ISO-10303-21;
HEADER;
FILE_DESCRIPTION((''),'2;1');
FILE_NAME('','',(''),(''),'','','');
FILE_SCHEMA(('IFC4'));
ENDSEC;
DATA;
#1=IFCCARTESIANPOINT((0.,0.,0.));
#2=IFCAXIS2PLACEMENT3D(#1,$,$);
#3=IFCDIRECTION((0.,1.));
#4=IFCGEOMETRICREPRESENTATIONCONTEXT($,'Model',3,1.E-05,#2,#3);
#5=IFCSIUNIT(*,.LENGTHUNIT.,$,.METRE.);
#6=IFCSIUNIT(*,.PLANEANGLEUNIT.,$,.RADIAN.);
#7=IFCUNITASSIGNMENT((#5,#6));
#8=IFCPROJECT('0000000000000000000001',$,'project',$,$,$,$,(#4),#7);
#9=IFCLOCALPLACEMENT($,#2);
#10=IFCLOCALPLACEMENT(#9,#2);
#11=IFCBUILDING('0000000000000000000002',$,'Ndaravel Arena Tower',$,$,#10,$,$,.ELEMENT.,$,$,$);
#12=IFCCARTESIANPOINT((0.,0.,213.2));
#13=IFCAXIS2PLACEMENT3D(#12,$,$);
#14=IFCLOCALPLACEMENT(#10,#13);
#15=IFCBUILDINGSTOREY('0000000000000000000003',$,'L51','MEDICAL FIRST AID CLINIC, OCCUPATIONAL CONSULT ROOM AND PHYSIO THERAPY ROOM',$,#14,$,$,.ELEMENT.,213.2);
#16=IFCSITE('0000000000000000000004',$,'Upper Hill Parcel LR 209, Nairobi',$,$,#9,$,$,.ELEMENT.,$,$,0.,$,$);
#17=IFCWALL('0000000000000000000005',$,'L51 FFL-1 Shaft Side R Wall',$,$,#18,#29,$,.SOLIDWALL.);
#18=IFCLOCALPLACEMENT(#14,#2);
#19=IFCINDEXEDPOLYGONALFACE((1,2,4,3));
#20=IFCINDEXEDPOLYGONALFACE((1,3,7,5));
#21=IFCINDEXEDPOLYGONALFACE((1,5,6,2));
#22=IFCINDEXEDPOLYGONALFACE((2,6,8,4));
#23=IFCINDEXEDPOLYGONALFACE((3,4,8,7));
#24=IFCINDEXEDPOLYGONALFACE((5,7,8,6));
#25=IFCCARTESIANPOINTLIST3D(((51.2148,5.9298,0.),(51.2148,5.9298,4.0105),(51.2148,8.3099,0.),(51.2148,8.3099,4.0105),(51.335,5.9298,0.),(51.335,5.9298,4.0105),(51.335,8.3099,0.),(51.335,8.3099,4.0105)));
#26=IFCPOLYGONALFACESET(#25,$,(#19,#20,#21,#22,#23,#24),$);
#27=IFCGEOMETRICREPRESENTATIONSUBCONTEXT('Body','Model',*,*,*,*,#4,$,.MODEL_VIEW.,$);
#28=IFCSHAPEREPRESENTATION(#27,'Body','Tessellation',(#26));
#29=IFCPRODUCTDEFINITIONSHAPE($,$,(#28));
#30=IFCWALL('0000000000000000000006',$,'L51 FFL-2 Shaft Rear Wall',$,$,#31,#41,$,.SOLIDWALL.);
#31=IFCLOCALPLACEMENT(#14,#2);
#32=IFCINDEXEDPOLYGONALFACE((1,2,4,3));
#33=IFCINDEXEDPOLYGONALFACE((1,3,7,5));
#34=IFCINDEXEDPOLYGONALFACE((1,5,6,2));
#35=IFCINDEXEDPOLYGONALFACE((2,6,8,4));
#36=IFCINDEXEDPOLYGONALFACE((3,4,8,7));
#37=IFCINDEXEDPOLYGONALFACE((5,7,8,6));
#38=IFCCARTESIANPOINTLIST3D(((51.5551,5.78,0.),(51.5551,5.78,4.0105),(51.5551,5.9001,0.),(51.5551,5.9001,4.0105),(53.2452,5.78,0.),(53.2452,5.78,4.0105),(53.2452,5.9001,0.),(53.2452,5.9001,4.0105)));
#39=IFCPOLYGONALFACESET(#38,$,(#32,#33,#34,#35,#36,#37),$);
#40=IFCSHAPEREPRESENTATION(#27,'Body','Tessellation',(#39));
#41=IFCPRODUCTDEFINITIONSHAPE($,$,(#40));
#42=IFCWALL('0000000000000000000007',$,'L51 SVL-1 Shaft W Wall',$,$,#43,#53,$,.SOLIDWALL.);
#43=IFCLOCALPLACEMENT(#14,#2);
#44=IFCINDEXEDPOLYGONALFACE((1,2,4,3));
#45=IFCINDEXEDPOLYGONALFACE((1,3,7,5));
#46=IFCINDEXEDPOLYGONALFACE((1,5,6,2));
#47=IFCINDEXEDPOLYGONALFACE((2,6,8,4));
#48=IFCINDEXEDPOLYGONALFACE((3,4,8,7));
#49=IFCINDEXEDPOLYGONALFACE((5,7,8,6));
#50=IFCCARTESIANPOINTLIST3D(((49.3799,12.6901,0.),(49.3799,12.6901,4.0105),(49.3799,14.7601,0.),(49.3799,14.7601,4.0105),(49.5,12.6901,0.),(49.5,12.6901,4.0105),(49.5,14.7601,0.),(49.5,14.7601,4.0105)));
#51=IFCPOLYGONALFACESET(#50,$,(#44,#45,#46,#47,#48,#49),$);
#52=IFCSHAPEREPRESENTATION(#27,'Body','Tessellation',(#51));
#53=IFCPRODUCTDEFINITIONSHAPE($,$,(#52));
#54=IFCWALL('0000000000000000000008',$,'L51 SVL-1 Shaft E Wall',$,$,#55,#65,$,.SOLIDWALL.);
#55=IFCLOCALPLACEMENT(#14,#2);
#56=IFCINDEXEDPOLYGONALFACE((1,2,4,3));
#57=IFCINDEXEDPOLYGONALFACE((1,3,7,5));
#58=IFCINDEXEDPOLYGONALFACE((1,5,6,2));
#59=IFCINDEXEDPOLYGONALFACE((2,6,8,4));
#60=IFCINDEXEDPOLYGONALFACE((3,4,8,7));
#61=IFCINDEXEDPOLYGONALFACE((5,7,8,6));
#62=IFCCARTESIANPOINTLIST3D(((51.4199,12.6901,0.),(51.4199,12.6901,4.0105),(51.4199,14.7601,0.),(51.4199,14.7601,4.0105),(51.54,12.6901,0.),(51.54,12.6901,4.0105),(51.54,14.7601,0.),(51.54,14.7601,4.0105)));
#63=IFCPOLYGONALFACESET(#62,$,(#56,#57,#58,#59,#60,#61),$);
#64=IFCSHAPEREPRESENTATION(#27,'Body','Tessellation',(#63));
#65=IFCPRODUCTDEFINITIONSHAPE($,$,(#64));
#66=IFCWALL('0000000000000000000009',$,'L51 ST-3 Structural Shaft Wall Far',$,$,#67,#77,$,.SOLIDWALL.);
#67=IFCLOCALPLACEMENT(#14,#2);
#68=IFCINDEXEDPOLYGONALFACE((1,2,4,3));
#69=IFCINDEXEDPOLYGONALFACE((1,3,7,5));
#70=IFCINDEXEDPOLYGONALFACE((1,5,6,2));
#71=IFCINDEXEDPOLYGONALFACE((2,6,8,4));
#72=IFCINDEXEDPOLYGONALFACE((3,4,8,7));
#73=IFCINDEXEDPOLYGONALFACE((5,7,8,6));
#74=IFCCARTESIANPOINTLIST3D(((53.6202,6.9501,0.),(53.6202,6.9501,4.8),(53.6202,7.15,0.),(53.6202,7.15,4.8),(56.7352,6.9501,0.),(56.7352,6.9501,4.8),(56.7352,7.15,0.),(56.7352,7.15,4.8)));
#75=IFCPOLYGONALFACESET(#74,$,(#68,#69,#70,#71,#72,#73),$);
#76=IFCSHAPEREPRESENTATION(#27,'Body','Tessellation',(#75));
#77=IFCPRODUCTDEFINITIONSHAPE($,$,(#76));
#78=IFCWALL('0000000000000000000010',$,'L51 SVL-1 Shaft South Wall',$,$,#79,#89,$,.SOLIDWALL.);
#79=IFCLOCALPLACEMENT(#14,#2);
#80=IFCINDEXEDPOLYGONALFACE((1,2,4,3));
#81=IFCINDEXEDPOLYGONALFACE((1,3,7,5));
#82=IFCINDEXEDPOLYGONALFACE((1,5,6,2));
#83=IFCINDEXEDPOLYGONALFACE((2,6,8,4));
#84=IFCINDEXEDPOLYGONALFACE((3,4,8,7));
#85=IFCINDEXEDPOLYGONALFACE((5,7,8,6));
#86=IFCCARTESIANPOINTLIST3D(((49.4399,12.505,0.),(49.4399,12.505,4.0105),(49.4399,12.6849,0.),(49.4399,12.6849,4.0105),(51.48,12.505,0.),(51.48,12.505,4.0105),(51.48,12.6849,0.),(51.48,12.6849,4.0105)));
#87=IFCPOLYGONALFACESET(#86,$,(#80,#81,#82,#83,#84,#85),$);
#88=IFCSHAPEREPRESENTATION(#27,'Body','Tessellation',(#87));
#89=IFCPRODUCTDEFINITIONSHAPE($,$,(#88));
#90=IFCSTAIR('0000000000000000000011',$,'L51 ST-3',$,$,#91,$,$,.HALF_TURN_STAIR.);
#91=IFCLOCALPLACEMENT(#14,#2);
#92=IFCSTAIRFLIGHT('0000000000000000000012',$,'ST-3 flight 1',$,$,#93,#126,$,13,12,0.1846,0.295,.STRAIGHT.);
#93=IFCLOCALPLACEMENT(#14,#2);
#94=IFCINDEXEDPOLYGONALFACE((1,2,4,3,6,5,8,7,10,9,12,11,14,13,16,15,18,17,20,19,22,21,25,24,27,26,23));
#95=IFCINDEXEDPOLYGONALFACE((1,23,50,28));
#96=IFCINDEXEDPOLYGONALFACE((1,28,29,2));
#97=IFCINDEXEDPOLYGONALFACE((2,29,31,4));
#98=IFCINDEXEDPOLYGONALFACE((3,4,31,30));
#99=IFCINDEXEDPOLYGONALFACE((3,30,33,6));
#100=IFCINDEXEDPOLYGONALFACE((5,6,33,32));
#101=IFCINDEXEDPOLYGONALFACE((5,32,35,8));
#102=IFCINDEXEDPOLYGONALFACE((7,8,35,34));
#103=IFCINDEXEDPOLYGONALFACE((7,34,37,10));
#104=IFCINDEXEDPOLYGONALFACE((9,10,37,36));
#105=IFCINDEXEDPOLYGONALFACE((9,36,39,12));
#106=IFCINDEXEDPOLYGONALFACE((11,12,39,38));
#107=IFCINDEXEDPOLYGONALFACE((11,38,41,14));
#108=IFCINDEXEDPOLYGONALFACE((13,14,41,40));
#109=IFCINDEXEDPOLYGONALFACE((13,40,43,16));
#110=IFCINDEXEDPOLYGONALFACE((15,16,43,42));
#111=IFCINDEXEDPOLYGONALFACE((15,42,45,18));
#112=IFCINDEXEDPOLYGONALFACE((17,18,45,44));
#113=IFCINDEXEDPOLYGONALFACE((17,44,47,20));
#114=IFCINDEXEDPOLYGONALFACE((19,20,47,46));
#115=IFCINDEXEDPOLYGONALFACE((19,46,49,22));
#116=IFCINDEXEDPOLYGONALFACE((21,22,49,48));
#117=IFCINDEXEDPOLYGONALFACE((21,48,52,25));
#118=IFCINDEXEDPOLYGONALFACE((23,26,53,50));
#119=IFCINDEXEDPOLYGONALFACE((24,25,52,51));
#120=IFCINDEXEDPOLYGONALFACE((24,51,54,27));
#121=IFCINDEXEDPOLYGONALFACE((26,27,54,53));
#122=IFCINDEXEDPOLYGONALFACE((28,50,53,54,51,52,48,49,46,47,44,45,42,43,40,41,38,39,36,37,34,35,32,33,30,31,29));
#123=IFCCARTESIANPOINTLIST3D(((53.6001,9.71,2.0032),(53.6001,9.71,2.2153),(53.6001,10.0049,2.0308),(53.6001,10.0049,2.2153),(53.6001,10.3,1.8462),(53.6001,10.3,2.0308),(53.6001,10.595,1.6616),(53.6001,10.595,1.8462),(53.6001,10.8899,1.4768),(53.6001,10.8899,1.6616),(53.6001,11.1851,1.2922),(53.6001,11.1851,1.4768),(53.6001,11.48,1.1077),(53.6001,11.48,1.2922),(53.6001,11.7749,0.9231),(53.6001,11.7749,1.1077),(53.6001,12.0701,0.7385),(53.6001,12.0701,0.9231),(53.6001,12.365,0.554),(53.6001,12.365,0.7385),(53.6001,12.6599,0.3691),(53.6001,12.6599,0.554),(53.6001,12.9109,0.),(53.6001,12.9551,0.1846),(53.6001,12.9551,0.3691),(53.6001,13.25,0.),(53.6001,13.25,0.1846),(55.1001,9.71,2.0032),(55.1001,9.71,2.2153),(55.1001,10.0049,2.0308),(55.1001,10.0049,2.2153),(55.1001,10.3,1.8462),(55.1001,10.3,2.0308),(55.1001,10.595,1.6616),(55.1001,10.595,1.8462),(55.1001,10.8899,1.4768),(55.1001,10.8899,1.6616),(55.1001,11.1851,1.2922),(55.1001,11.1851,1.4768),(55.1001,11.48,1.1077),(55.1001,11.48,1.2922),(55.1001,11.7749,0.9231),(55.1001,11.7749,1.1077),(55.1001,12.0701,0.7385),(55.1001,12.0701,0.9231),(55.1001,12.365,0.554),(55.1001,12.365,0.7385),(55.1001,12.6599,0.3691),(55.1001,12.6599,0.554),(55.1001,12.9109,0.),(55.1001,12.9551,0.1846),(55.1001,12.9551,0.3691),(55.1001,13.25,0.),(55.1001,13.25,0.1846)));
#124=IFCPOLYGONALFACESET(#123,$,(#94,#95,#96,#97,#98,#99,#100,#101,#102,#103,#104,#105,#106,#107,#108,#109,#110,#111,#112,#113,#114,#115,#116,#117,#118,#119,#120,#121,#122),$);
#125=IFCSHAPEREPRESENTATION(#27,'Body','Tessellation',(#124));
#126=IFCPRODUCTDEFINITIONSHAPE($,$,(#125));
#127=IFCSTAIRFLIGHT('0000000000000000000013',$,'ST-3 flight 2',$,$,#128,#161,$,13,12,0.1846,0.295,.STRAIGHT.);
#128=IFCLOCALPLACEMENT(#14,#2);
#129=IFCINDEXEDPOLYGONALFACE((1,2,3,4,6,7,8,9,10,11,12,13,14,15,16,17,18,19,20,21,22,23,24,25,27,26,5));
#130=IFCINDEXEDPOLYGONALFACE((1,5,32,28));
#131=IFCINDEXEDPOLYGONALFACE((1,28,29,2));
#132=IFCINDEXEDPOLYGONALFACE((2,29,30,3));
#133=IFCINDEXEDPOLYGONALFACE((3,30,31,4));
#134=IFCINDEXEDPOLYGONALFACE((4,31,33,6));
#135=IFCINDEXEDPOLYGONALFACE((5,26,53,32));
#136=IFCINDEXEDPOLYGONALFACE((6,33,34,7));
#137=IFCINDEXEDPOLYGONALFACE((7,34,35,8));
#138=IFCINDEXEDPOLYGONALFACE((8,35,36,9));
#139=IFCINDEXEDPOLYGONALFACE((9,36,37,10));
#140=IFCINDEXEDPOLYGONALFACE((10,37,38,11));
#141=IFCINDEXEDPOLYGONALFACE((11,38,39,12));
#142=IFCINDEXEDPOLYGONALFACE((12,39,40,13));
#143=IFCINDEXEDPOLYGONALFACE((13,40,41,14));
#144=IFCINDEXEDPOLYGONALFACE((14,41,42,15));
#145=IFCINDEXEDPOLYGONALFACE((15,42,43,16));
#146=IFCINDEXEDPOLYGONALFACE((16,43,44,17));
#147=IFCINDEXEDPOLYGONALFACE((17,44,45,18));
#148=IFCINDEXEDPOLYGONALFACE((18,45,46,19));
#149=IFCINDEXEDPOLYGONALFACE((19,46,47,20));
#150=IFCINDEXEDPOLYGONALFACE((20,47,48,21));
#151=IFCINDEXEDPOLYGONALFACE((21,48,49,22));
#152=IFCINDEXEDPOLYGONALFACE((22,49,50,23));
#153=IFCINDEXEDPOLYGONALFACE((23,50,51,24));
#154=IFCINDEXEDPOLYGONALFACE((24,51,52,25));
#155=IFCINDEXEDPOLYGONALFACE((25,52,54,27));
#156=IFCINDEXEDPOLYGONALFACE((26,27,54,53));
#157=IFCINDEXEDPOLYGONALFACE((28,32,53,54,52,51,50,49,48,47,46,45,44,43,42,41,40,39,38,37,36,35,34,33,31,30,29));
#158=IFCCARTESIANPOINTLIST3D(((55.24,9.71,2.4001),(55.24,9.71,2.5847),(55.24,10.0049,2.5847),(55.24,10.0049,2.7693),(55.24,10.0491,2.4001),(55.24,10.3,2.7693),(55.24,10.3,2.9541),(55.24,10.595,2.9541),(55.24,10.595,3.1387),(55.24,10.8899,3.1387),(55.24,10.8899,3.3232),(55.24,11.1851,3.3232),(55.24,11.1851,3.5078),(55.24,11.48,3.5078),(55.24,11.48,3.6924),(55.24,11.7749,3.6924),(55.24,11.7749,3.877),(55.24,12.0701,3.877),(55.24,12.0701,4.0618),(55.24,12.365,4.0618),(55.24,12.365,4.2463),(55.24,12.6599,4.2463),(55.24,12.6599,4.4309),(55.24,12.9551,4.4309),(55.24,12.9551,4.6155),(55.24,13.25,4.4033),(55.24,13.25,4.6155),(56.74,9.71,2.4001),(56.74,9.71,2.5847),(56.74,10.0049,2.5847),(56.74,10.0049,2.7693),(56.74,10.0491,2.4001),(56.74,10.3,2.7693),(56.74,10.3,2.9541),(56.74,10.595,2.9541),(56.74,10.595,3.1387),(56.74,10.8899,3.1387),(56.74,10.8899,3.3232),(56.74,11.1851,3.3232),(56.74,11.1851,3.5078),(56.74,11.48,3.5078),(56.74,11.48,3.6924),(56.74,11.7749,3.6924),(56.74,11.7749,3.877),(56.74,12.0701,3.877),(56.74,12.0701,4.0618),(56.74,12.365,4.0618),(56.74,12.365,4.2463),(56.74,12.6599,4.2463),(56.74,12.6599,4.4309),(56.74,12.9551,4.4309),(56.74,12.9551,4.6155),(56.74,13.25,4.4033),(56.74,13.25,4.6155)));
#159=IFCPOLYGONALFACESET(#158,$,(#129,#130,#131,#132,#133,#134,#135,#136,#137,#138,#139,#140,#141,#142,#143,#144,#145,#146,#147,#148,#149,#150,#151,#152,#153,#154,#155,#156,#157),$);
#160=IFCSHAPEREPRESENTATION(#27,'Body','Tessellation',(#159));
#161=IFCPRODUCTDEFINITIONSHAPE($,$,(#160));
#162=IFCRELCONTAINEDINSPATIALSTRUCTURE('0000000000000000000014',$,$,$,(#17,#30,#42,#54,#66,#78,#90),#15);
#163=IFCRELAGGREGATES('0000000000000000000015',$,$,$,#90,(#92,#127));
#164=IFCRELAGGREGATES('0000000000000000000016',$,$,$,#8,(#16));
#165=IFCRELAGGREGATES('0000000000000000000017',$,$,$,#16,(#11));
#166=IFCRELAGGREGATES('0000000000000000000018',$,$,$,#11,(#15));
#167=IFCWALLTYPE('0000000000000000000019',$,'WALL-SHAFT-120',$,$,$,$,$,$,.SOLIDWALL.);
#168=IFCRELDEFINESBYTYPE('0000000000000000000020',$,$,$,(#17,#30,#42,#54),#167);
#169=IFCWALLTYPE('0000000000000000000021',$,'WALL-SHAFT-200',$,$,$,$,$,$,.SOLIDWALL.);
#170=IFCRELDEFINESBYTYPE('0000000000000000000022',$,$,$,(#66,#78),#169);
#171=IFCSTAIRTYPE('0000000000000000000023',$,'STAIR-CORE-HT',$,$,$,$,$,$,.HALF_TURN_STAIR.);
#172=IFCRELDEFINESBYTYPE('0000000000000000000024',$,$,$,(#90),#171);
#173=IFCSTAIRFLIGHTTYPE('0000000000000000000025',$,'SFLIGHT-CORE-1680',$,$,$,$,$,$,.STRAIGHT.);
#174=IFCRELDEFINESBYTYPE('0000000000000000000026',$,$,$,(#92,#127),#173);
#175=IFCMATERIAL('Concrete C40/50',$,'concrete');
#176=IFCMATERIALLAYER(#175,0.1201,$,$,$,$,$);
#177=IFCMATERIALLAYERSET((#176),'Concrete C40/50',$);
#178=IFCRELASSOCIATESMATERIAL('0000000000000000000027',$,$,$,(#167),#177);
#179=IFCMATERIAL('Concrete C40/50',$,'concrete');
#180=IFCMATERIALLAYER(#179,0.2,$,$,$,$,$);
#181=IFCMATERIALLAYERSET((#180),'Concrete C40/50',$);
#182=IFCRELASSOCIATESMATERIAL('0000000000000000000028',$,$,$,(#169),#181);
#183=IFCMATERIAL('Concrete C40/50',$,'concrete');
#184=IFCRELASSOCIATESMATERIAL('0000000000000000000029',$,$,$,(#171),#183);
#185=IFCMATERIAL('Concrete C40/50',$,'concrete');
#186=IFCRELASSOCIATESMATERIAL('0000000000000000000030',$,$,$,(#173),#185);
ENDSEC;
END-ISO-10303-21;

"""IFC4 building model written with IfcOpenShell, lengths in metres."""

from ifc_helpers import new_model, si_unit, direction, frame, frame_2d, origin, place, context, subcontext, project, spatial, polyline, rectangle, outline, extrude, material, layer, layer_set, type_object, element, aggregate, save


model = new_model("IFC4")

# Units and contexts
model_context = context("Model", 3, precision=1e-05, world=origin(), true_north=direction((0.0, 1.0)))
body_context = subcontext(model_context, "Body", "Model", "MODEL_VIEW")
ifc_project = project(units=[si_unit("LENGTHUNIT", "METRE"), si_unit("PLANEANGLEUNIT", "RADIAN")], contexts=[model_context])

# Site, building, storey
site_placement = place(None, origin())
site = spatial("IfcSite", under=ifc_project, at=site_placement, Name="Upper Hill Parcel LR 209, Nairobi", CompositionType="ELEMENT", RefElevation=0.0)
building_placement = place(site_placement, origin())
building = spatial("IfcBuilding", under=site, at=building_placement, Name="Ndaravel Arena Tower", CompositionType="ELEMENT")
storey_placement = place(building_placement, frame((0.0, 0.0, 213.2)))
storey = spatial("IfcBuildingStorey", under=building, at=storey_placement, Name="L51", Description="MEDICAL FIRST AID CLINIC, OCCUPATIONAL CONSULT ROOM AND PHYSIO THERAPY ROOM", CompositionType="ELEMENT", Elevation=213.2)

# Walls
ifc_material_1 = material(Name="Concrete C40/50", Category="concrete")
ifc_layer_1 = layer(ifc_material_1, 0.1201)
ifc_layer_set_1 = layer_set([ifc_layer_1], Name="Concrete C40/50")
wall_type_1 = type_object("IfcWallType", Name="WALL-SHAFT-120", PredefinedType="SOLIDWALL", material=ifc_layer_set_1)
wall_1_placement = place(storey_placement, frame((51.2749, 5.9299, 0.0), z_axis=(0.0, 0.0, 1.0), x_axis=(0.0, 1.0, 0.0)))
element("IfcWall", 1, at=wall_1_placement, inside=storey, type_object=wall_type_1, Name="L51 FFL-1 Shaft Side R Wall", PredefinedType="SOLIDWALL", context=body_context, shape_type="SweptSolid", body=[
    extrude(rectangle(XDim=2.3801, YDim=0.1201, at=frame_2d((1.1899, 0.0))), origin(), (0.0, 0.0, 1.0), 4.0105),
])
wall_2_placement = place(storey_placement, frame((51.5549, 5.8401, 0.0), z_axis=(0.0, 0.0, 1.0), x_axis=(1.0, 0.0, 0.0)))
element("IfcWall", 2, at=wall_2_placement, inside=storey, type_object=wall_type_1, Name="L51 FFL-2 Shaft Rear Wall", PredefinedType="SOLIDWALL", context=body_context, shape_type="SweptSolid", body=[
    extrude(rectangle(XDim=1.6902, YDim=0.1201, at=frame_2d((0.8452, 0.0))), origin(), (0.0, 0.0, 1.0), 4.0105),
])
for number, where, z_axis, x_axis, name in (
    (3, (49.4399, 12.6899, 0.0), (0.0, 0.0, 1.0), (0.0, 1.0, 0.0), "L51 SVL-1 Shaft W Wall"),
    (4, (51.48, 12.6899, 0.0), (0.0, 0.0, 1.0), (0.0, 1.0, 0.0), "L51 SVL-1 Shaft E Wall"),
):
    element("IfcWall", number, at=place(storey_placement, frame(where, z_axis=z_axis, x_axis=x_axis)), inside=storey, type_object=wall_type_1, Name=name, PredefinedType="SOLIDWALL", context=body_context, shape_type="SweptSolid", body=[
        extrude(rectangle(XDim=2.0701, YDim=0.1201, at=frame_2d((1.0352, 0.0))), origin(), (0.0, 0.0, 1.0), 4.0105),
    ])
ifc_material_2 = material(Name="Concrete C40/50", Category="concrete")
ifc_layer_2 = layer(ifc_material_2, 0.2)
ifc_layer_set_2 = layer_set([ifc_layer_2], Name="Concrete C40/50")
wall_type_2 = type_object("IfcWallType", Name="WALL-SHAFT-200", PredefinedType="SOLIDWALL", material=ifc_layer_set_2)
wall_3_placement = place(storey_placement, frame((53.6201, 7.05, 0.0), z_axis=(0.0, 0.0, 1.0), x_axis=(1.0, 0.0, 0.0)))
element("IfcWall", 5, at=wall_3_placement, inside=storey, type_object=wall_type_2, Name="L51 ST-3 Structural Shaft Wall Far", PredefinedType="SOLIDWALL", context=body_context, shape_type="SweptSolid", body=[
    extrude(rectangle(XDim=3.115, YDim=0.2, at=frame_2d((1.5576, 0.0))), origin(), (0.0, 0.0, 1.0), 4.8),
])

# Wall
wall_4_placement = place(storey_placement, frame((49.4399, 12.595, 0.0), z_axis=(0.0, 0.0, 1.0), x_axis=(1.0, 0.0, 0.0)))
element("IfcWall", 6, at=wall_4_placement, inside=storey, type_object=wall_type_2, Name="L51 SVL-1 Shaft South Wall", PredefinedType="SOLIDWALL", context=body_context, shape_type="SweptSolid", body=[
    extrude(rectangle(XDim=2.04, YDim=0.1799, at=frame_2d((1.02, 0.0))), origin(), (0.0, 0.0, 1.0), 4.0105),
])

# Stair, stair flights
ifc_material_3 = material(Name="Concrete C40/50", Category="concrete")
stair_type = type_object("IfcStairType", Name="STAIR-CORE-HT", PredefinedType="HALF_TURN_STAIR", material=ifc_material_3)
stair_placement = place(storey_placement, origin())
stair = element("IfcStair", 7, at=stair_placement, inside=storey, type_object=stair_type, Name="L51 ST-3", PredefinedType="HALF_TURN_STAIR")
ifc_material_4 = material(Name="Concrete C40/50", Category="concrete")
stair_flight_type = type_object("IfcStairFlightType", Name="SFLIGHT-CORE-1680", PredefinedType="STRAIGHT", material=ifc_material_4)
stair_flight_1_placement = place(storey_placement, frame((54.3501, 13.25, 0.0), z_axis=(0.0, 0.0, 1.0), x_axis=(0.0, -1.0, 0.0)))
stair_flight_1 = element("IfcStairFlight", 8, at=stair_flight_1_placement, type_object=stair_flight_type, Name="ST-3 flight 1", NumberOfRisers=13, NumberOfTreads=12, PredefinedType="STRAIGHT", RiserHeight=0.1846, TreadLength=0.295, context=body_context, shape_type="SweptSolid", body=[
    extrude(outline(polyline([(0.0, 0.0), (0.0, 0.1846), (0.2949, 0.1846), (0.2949, 0.3691), (0.5901, 0.3691), (0.5901, 0.554), (0.885, 0.554), (0.885, 0.7385), (1.1799, 0.7385), (1.1799, 0.9231), (1.4751, 0.9231), (1.4751, 1.1077), (1.77, 1.1077), (1.77, 1.2922), (2.0649, 1.2922), (2.0649, 1.4768), (2.3601, 1.4768), (2.3601, 1.6616), (2.655, 1.6616), (2.655, 1.8462), (2.95, 1.8462), (2.95, 2.0308), (3.2451, 2.0308), (3.2451, 2.2153), (3.54, 2.2153), (3.54, 2.3999), (3.54, 2.0032), (0.3391, 0.0), (0.0, 0.0)])), frame((0.0, 0.75, 0.0), z_axis=(0.0, -1.0, 0.0), x_axis=(1.0, 0.0, 0.0)), (0.0, 0.0, 1.0), 1.5),
])
stair_flight_2_placement = place(storey_placement, frame((55.99, 9.71, 2.4001), z_axis=(0.0, 0.0, 1.0), x_axis=(0.0, 1.0, 0.0)))
stair_flight_2 = element("IfcStairFlight", 9, at=stair_flight_2_placement, type_object=stair_flight_type, Name="ST-3 flight 2", NumberOfRisers=13, NumberOfTreads=12, PredefinedType="STRAIGHT", RiserHeight=0.1846, TreadLength=0.295, context=body_context, shape_type="SweptSolid", body=[
    extrude(outline(polyline([(0.0, 0.0), (0.0, 0.1846), (0.2949, 0.1846), (0.2949, 0.3691), (0.5901, 0.3691), (0.5901, 0.554), (0.885, 0.554), (0.885, 0.7385), (1.1799, 0.7385), (1.1799, 0.9231), (1.4751, 0.9231), (1.4751, 1.1077), (1.77, 1.1077), (1.77, 1.2922), (2.0649, 1.2922), (2.0649, 1.4768), (2.3601, 1.4768), (2.3601, 1.6616), (2.655, 1.6616), (2.655, 1.8462), (2.95, 1.8462), (2.95, 2.0308), (3.2451, 2.0308), (3.2451, 2.2153), (3.54, 2.2153), (3.54, 2.3999), (3.54, 2.0032), (0.3391, 0.0), (0.0, 0.0)])), frame((0.0, 0.75, 0.0), z_axis=(0.0, -1.0, 0.0), x_axis=(1.0, 0.0, 0.0)), (0.0, 0.0, 1.0), 1.5),
])
aggregate(stair, [stair_flight_1, stair_flight_2])

save(model, "model.ifc")
